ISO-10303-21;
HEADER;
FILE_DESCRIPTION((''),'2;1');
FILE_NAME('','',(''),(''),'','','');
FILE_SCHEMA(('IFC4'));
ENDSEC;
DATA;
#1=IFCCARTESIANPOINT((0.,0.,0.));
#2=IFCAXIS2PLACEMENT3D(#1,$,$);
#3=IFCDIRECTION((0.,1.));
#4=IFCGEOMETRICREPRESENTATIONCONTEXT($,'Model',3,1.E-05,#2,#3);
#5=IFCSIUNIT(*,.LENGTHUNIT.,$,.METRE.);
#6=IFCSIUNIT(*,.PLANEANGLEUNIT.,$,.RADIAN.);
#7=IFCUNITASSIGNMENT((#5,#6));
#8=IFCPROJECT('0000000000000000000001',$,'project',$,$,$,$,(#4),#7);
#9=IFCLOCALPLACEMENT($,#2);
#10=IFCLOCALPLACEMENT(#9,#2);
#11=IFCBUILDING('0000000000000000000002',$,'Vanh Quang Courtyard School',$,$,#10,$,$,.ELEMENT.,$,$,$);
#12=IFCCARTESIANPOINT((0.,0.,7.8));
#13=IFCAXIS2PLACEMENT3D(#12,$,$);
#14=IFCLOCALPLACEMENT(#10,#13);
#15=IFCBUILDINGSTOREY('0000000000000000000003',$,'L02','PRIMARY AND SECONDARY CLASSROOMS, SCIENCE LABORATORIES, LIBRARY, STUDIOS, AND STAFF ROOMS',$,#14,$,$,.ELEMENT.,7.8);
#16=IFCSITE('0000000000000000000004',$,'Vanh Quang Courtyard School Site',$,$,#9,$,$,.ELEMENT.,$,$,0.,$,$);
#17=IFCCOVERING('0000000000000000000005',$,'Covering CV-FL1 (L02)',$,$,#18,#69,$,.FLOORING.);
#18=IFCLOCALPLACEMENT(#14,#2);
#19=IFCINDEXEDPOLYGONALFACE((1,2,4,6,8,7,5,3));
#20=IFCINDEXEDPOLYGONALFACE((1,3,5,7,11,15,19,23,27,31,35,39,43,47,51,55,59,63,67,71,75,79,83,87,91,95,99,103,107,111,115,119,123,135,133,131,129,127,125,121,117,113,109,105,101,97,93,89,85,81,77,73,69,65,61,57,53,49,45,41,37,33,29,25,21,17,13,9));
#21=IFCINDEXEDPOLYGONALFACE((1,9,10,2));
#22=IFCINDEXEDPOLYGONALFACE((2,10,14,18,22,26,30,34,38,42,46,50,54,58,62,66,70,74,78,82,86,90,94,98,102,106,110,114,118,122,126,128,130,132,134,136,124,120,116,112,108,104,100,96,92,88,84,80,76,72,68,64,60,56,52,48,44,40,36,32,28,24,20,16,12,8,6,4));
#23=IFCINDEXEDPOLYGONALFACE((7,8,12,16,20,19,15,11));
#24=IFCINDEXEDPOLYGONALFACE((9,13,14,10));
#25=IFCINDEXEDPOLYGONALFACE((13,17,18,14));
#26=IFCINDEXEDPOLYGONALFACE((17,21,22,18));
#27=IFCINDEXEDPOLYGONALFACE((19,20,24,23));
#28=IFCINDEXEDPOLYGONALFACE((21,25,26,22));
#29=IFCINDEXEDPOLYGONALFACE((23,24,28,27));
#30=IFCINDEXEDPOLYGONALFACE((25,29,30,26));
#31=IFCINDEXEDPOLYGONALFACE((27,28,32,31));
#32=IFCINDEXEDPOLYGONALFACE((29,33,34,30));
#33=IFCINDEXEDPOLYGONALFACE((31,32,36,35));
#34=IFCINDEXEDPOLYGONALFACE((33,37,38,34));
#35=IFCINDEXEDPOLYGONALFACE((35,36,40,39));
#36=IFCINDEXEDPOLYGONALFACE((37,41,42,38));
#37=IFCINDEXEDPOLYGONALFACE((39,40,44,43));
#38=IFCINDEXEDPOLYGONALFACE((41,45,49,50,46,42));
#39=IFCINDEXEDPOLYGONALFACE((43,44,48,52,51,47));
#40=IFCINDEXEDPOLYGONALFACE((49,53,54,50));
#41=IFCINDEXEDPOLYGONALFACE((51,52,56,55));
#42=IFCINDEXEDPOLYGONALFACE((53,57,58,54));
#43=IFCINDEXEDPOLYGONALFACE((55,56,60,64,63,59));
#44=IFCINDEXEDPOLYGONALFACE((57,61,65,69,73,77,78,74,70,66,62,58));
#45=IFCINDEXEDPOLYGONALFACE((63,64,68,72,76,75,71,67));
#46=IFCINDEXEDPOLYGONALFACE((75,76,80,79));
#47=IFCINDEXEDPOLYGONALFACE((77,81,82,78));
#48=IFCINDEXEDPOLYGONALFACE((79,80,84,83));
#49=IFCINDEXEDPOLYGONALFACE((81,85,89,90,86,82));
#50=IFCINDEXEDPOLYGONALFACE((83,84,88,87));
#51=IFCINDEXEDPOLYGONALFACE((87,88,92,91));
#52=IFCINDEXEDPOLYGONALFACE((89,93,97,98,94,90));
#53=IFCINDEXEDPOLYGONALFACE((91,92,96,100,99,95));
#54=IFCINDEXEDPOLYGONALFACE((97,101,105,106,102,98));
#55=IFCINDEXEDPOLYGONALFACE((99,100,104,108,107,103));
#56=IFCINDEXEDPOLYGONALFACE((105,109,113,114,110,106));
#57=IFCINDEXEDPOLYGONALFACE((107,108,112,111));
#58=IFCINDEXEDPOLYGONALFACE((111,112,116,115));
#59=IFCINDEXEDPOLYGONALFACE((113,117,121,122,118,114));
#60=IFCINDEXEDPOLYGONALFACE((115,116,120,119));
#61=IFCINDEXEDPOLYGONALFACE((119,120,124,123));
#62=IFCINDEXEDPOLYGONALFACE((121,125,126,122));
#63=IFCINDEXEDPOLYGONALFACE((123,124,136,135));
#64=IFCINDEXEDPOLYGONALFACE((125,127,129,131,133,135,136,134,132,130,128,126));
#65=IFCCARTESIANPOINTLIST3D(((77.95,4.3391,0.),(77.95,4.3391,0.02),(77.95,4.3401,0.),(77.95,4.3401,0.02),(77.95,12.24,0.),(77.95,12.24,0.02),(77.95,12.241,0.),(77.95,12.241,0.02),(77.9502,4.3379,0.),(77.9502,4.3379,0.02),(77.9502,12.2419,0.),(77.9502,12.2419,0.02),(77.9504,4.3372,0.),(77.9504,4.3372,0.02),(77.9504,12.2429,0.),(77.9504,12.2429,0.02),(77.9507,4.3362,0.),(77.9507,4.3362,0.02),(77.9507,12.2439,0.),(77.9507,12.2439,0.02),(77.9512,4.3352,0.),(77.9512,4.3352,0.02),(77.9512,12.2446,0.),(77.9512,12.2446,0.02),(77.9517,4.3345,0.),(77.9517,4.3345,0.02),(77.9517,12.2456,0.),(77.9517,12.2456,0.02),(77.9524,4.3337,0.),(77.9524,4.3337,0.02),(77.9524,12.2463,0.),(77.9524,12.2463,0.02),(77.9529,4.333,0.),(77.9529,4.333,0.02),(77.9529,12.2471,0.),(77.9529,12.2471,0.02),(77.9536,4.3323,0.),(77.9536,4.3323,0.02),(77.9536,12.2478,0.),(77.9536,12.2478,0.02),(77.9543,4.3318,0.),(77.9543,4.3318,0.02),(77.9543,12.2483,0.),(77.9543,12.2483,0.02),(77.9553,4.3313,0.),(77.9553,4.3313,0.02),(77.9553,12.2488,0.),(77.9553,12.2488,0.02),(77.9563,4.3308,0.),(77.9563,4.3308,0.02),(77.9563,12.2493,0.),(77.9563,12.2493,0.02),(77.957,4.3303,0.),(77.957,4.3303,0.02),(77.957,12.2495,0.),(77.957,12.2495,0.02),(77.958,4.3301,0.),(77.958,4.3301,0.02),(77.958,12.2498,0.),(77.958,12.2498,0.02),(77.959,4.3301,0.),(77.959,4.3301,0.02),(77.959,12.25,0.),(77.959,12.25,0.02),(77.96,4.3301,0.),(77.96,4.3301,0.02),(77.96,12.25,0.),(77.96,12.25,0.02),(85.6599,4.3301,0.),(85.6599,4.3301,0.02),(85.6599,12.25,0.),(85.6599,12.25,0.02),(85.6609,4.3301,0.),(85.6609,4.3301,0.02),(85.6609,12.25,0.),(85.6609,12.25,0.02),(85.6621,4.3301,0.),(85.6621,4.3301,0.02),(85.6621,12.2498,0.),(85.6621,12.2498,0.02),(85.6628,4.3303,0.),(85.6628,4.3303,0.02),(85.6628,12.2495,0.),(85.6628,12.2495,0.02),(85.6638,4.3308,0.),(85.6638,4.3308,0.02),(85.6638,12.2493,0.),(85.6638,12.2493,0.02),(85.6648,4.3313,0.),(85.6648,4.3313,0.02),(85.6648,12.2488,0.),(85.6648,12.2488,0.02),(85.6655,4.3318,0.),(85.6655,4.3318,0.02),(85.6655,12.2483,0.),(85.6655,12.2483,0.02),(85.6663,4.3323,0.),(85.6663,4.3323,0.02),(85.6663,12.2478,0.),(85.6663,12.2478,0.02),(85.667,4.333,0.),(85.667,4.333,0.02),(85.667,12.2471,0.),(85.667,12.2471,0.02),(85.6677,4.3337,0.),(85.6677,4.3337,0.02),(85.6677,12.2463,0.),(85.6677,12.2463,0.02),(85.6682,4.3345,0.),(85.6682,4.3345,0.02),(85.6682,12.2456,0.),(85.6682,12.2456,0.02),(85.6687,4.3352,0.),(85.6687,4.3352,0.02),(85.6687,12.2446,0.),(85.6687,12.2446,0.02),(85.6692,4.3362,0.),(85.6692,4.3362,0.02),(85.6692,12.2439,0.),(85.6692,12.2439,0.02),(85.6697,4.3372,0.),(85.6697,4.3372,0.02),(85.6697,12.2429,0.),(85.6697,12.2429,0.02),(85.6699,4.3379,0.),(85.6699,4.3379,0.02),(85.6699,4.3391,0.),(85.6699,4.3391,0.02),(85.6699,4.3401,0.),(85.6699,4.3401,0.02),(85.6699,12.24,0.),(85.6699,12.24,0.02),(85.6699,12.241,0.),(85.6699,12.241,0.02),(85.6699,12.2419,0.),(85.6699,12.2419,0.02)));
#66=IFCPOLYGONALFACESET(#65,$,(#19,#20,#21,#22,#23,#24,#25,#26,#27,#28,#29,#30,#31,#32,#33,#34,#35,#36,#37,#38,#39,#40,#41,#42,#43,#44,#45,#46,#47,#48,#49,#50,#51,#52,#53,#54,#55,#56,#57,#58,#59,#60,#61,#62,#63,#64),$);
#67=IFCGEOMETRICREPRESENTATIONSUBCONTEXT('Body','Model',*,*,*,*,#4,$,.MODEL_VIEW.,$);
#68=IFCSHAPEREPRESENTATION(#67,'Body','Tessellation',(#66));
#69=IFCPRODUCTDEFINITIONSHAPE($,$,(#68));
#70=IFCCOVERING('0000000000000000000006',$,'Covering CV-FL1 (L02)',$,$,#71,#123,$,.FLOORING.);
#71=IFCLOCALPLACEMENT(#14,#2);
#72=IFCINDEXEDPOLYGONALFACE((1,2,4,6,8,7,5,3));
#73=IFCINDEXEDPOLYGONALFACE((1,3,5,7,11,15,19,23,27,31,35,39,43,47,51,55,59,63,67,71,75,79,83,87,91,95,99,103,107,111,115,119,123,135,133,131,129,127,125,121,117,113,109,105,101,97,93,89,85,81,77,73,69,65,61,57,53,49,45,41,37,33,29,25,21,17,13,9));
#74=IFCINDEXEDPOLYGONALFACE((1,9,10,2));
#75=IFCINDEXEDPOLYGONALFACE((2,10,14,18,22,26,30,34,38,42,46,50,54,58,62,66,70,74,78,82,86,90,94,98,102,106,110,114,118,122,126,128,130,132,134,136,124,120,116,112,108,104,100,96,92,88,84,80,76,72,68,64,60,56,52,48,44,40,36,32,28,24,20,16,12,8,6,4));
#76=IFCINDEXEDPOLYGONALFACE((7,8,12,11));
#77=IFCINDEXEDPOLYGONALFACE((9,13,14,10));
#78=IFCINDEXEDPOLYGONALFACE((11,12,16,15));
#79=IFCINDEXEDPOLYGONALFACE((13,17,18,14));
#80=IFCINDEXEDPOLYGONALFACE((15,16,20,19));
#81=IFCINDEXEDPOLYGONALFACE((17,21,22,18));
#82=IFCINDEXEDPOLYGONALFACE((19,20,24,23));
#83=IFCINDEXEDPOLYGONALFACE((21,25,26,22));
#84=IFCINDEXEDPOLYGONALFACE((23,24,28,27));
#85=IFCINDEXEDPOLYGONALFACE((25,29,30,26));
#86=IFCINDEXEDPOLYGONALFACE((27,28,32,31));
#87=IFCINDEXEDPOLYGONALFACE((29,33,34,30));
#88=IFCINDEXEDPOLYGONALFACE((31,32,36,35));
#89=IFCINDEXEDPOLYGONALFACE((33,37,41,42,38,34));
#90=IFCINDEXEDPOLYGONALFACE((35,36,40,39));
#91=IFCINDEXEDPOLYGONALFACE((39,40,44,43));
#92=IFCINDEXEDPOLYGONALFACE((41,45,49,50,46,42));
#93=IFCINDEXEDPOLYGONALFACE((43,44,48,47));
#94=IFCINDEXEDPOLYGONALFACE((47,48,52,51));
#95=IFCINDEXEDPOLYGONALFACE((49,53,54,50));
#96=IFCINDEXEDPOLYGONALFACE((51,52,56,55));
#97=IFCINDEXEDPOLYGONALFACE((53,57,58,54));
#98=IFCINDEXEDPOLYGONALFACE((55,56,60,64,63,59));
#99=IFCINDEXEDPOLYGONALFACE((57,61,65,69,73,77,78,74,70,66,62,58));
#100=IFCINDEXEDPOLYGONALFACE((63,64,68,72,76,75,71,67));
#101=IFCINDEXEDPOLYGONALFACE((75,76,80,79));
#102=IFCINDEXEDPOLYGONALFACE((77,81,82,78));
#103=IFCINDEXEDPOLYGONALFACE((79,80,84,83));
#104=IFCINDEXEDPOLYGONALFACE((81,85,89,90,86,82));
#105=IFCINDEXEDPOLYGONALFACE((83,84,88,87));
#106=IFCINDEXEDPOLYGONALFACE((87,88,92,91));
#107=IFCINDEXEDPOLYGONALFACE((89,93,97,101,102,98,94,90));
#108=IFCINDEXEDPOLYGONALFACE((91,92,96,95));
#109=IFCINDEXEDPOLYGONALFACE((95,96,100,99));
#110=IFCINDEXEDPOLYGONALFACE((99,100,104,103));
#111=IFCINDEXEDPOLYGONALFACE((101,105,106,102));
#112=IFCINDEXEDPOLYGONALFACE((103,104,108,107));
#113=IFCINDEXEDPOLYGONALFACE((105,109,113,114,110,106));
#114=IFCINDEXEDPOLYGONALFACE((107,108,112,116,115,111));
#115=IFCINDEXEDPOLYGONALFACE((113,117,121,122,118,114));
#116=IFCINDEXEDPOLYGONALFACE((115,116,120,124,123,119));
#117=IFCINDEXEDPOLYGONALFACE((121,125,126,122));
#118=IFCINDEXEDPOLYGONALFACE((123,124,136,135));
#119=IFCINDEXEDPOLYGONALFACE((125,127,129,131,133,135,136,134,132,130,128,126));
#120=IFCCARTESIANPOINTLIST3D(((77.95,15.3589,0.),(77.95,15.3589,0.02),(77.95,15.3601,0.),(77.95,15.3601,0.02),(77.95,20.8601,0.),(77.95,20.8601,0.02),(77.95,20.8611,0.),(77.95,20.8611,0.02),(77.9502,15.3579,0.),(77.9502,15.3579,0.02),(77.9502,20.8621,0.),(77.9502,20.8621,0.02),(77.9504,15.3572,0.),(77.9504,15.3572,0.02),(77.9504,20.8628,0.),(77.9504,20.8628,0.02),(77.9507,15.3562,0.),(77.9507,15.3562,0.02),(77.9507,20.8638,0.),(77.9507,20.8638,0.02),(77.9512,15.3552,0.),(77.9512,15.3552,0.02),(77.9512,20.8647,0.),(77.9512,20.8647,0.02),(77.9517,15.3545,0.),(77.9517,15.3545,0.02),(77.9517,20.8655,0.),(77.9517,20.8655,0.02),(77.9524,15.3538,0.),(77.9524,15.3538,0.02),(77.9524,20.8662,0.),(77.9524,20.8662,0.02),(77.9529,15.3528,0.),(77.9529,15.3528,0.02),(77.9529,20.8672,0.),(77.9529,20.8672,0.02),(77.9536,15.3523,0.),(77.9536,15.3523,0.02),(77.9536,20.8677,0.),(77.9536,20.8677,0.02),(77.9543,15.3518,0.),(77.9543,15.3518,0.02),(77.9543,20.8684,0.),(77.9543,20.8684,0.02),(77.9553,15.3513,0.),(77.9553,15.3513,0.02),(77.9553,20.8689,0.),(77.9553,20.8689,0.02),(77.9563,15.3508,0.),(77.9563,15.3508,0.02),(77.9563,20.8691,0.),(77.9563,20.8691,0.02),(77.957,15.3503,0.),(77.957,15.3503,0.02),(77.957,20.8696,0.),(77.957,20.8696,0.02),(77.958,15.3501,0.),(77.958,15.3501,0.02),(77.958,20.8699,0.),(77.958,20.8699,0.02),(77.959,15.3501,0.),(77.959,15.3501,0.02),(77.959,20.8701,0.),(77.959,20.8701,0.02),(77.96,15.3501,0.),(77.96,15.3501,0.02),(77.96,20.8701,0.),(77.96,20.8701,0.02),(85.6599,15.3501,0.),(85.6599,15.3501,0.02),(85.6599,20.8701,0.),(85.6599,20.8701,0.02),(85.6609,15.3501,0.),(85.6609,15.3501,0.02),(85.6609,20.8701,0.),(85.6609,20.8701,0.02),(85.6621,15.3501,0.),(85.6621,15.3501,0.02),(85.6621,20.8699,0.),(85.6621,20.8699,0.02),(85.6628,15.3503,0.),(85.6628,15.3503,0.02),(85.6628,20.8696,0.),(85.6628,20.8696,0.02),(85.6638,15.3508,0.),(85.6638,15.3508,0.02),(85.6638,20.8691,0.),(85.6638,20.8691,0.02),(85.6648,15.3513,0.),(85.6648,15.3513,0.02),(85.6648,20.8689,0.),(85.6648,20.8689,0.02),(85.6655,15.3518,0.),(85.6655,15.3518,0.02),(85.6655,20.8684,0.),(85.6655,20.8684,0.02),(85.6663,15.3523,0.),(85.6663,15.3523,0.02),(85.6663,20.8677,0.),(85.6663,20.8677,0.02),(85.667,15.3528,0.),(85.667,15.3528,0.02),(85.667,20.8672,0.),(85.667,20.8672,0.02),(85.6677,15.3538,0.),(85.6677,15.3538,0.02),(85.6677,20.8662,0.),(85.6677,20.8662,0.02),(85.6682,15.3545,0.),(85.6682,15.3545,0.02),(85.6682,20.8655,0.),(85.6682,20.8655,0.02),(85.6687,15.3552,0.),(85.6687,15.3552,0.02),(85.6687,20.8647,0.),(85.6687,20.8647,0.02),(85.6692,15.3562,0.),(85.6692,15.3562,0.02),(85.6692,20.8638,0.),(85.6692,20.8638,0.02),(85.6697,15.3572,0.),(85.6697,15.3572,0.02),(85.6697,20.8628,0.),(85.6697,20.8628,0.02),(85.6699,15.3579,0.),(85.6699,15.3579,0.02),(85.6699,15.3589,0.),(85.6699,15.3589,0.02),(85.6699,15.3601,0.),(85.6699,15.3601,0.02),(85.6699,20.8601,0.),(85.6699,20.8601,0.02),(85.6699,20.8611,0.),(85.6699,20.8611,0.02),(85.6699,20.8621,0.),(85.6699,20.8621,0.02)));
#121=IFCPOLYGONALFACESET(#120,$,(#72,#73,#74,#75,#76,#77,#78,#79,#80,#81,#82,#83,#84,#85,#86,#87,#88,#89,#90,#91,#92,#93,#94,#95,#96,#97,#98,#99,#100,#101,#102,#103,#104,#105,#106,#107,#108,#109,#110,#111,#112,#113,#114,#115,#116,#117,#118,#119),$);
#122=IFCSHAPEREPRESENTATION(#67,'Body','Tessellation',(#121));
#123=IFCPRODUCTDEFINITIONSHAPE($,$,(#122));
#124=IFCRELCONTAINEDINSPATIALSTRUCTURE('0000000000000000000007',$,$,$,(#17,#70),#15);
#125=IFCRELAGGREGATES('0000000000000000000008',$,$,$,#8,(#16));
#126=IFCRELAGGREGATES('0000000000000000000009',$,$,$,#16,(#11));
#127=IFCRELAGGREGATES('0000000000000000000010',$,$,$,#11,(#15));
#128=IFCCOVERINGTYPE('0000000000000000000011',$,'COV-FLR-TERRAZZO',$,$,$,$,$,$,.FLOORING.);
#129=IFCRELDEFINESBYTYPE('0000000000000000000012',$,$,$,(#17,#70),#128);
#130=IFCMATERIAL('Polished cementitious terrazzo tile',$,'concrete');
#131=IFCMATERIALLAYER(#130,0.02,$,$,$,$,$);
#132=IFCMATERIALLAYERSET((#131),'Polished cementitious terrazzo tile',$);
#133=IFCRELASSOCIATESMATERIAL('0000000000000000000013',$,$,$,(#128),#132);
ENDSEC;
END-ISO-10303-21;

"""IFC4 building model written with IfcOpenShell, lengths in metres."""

from ifc_helpers import new_model, si_unit, direction, frame, origin, place, context, subcontext, project, spatial, polyline, outline, extrude, material, layer, layer_set, type_object, element, save


model = new_model("IFC4")

# Units and contexts
model_context = context("Model", 3, precision=1e-05, world=origin(), true_north=direction((0.0, 1.0)))
body_context = subcontext(model_context, "Body", "Model", "MODEL_VIEW")
ifc_project = project(units=[si_unit("LENGTHUNIT", "METRE"), si_unit("PLANEANGLEUNIT", "RADIAN")], contexts=[model_context])

# Site, building, storey
site_placement = place(None, origin())
site = spatial("IfcSite", under=ifc_project, at=site_placement, Name="Vanh Quang Courtyard School Site", CompositionType="ELEMENT", RefElevation=0.0)
building_placement = place(site_placement, origin())
building = spatial("IfcBuilding", under=site, at=building_placement, Name="Vanh Quang Courtyard School", CompositionType="ELEMENT")
storey_placement = place(building_placement, frame((0.0, 0.0, 7.8)))
storey = spatial("IfcBuildingStorey", under=building, at=storey_placement, Name="L02", Description="PRIMARY AND SECONDARY CLASSROOMS, SCIENCE LABORATORIES, LIBRARY, STUDIOS, AND STAFF ROOMS", CompositionType="ELEMENT", Elevation=7.8)

# Coverings
ifc_material_1 = material(Name="Polished cementitious terrazzo tile", Category="concrete")
ifc_layer_1 = layer(ifc_material_1, 0.02)
ifc_layer_set_1 = layer_set([ifc_layer_1], Name="Polished cementitious terrazzo tile")
covering_type_1 = type_object("IfcCoveringType", Name="COV-FLR-TERRAZZO", PredefinedType="FLOORING", material=ifc_layer_set_1)
covering_1_placement = place(storey_placement, origin())
element("IfcCovering", 1, at=covering_1_placement, inside=storey, type_object=covering_type_1, Name="Covering CV-FL1 (L02)", PredefinedType="FLOORING", context=body_context, shape_type="SweptSolid", body=[
    extrude(outline(polyline([(77.96, 4.3301), (77.959, 4.3301), (77.958, 4.3301), (77.957, 4.3303), (77.9563, 4.3308), (77.9553, 4.3313), (77.9543, 4.3318), (77.9536, 4.3323), (77.9529, 4.333), (77.9524, 4.3337), (77.9517, 4.3345), (77.9512, 4.3352), (77.9507, 4.3362), (77.9504, 4.3372), (77.9502, 4.3379), (77.95, 4.3391), (77.95, 4.3401), (77.95, 12.24), (77.95, 12.241), (77.9502, 12.2419), (77.9504, 12.2429), (77.9507, 12.2439), (77.9512, 12.2446), (77.9517, 12.2456), (77.9524, 12.2463), (77.9529, 12.2471), (77.9536, 12.2478), (77.9543, 12.2483), (77.9553, 12.2488), (77.9563, 12.2493), (77.957, 12.2495), (77.958, 12.2498), (77.959, 12.25), (77.96, 12.25), (85.6599, 12.25), (85.6609, 12.25), (85.6621, 12.2498), (85.6628, 12.2495), (85.6638, 12.2493), (85.6648, 12.2488), (85.6655, 12.2483), (85.6663, 12.2478), (85.667, 12.2471), (85.6677, 12.2463), (85.6682, 12.2456), (85.6687, 12.2446), (85.6692, 12.2439), (85.6697, 12.2429), (85.6699, 12.2419), (85.6699, 12.241), (85.6699, 12.24), (85.6699, 4.3401), (85.6699, 4.3391), (85.6699, 4.3379), (85.6697, 4.3372), (85.6692, 4.3362), (85.6687, 4.3352), (85.6682, 4.3345), (85.6677, 4.3337), (85.667, 4.333), (85.6663, 4.3323), (85.6655, 4.3318), (85.6648, 4.3313), (85.6638, 4.3308), (85.6628, 4.3303), (85.6621, 4.3301), (85.6609, 4.3301), (85.6599, 4.3301), (77.96, 4.3301)])), origin(), (0.0, 0.0, 1.0), 0.02),
])
covering_2_placement = place(storey_placement, origin())
element("IfcCovering", 2, at=covering_2_placement, inside=storey, type_object=covering_type_1, Name="Covering CV-FL1 (L02)", PredefinedType="FLOORING", context=body_context, shape_type="SweptSolid", body=[
    extrude(outline(polyline([(77.96, 15.3501), (77.959, 15.3501), (77.958, 15.3501), (77.957, 15.3503), (77.9563, 15.3508), (77.9553, 15.3513), (77.9543, 15.3518), (77.9536, 15.3523), (77.9529, 15.3528), (77.9524, 15.3538), (77.9517, 15.3545), (77.9512, 15.3552), (77.9507, 15.3562), (77.9504, 15.3572), (77.9502, 15.3579), (77.95, 15.3589), (77.95, 15.3601), (77.95, 20.8601), (77.95, 20.8611), (77.9502, 20.8621), (77.9504, 20.8628), (77.9507, 20.8638), (77.9512, 20.8647), (77.9517, 20.8655), (77.9524, 20.8662), (77.9529, 20.8672), (77.9536, 20.8677), (77.9543, 20.8684), (77.9553, 20.8689), (77.9563, 20.8691), (77.957, 20.8696), (77.958, 20.8699), (77.959, 20.8701), (77.96, 20.8701), (85.6599, 20.8701), (85.6609, 20.8701), (85.6621, 20.8699), (85.6628, 20.8696), (85.6638, 20.8691), (85.6648, 20.8689), (85.6655, 20.8684), (85.6663, 20.8677), (85.667, 20.8672), (85.6677, 20.8662), (85.6682, 20.8655), (85.6687, 20.8647), (85.6692, 20.8638), (85.6697, 20.8628), (85.6699, 20.8621), (85.6699, 20.8611), (85.6699, 20.8601), (85.6699, 15.3601), (85.6699, 15.3589), (85.6699, 15.3579), (85.6697, 15.3572), (85.6692, 15.3562), (85.6687, 15.3552), (85.6682, 15.3545), (85.6677, 15.3538), (85.667, 15.3528), (85.6663, 15.3523), (85.6655, 15.3518), (85.6648, 15.3513), (85.6638, 15.3508), (85.6628, 15.3503), (85.6621, 15.3501), (85.6609, 15.3501), (85.6599, 15.3501), (77.96, 15.3501)])), origin(), (0.0, 0.0, 1.0), 0.02),
])

save(model, "model.ifc")
